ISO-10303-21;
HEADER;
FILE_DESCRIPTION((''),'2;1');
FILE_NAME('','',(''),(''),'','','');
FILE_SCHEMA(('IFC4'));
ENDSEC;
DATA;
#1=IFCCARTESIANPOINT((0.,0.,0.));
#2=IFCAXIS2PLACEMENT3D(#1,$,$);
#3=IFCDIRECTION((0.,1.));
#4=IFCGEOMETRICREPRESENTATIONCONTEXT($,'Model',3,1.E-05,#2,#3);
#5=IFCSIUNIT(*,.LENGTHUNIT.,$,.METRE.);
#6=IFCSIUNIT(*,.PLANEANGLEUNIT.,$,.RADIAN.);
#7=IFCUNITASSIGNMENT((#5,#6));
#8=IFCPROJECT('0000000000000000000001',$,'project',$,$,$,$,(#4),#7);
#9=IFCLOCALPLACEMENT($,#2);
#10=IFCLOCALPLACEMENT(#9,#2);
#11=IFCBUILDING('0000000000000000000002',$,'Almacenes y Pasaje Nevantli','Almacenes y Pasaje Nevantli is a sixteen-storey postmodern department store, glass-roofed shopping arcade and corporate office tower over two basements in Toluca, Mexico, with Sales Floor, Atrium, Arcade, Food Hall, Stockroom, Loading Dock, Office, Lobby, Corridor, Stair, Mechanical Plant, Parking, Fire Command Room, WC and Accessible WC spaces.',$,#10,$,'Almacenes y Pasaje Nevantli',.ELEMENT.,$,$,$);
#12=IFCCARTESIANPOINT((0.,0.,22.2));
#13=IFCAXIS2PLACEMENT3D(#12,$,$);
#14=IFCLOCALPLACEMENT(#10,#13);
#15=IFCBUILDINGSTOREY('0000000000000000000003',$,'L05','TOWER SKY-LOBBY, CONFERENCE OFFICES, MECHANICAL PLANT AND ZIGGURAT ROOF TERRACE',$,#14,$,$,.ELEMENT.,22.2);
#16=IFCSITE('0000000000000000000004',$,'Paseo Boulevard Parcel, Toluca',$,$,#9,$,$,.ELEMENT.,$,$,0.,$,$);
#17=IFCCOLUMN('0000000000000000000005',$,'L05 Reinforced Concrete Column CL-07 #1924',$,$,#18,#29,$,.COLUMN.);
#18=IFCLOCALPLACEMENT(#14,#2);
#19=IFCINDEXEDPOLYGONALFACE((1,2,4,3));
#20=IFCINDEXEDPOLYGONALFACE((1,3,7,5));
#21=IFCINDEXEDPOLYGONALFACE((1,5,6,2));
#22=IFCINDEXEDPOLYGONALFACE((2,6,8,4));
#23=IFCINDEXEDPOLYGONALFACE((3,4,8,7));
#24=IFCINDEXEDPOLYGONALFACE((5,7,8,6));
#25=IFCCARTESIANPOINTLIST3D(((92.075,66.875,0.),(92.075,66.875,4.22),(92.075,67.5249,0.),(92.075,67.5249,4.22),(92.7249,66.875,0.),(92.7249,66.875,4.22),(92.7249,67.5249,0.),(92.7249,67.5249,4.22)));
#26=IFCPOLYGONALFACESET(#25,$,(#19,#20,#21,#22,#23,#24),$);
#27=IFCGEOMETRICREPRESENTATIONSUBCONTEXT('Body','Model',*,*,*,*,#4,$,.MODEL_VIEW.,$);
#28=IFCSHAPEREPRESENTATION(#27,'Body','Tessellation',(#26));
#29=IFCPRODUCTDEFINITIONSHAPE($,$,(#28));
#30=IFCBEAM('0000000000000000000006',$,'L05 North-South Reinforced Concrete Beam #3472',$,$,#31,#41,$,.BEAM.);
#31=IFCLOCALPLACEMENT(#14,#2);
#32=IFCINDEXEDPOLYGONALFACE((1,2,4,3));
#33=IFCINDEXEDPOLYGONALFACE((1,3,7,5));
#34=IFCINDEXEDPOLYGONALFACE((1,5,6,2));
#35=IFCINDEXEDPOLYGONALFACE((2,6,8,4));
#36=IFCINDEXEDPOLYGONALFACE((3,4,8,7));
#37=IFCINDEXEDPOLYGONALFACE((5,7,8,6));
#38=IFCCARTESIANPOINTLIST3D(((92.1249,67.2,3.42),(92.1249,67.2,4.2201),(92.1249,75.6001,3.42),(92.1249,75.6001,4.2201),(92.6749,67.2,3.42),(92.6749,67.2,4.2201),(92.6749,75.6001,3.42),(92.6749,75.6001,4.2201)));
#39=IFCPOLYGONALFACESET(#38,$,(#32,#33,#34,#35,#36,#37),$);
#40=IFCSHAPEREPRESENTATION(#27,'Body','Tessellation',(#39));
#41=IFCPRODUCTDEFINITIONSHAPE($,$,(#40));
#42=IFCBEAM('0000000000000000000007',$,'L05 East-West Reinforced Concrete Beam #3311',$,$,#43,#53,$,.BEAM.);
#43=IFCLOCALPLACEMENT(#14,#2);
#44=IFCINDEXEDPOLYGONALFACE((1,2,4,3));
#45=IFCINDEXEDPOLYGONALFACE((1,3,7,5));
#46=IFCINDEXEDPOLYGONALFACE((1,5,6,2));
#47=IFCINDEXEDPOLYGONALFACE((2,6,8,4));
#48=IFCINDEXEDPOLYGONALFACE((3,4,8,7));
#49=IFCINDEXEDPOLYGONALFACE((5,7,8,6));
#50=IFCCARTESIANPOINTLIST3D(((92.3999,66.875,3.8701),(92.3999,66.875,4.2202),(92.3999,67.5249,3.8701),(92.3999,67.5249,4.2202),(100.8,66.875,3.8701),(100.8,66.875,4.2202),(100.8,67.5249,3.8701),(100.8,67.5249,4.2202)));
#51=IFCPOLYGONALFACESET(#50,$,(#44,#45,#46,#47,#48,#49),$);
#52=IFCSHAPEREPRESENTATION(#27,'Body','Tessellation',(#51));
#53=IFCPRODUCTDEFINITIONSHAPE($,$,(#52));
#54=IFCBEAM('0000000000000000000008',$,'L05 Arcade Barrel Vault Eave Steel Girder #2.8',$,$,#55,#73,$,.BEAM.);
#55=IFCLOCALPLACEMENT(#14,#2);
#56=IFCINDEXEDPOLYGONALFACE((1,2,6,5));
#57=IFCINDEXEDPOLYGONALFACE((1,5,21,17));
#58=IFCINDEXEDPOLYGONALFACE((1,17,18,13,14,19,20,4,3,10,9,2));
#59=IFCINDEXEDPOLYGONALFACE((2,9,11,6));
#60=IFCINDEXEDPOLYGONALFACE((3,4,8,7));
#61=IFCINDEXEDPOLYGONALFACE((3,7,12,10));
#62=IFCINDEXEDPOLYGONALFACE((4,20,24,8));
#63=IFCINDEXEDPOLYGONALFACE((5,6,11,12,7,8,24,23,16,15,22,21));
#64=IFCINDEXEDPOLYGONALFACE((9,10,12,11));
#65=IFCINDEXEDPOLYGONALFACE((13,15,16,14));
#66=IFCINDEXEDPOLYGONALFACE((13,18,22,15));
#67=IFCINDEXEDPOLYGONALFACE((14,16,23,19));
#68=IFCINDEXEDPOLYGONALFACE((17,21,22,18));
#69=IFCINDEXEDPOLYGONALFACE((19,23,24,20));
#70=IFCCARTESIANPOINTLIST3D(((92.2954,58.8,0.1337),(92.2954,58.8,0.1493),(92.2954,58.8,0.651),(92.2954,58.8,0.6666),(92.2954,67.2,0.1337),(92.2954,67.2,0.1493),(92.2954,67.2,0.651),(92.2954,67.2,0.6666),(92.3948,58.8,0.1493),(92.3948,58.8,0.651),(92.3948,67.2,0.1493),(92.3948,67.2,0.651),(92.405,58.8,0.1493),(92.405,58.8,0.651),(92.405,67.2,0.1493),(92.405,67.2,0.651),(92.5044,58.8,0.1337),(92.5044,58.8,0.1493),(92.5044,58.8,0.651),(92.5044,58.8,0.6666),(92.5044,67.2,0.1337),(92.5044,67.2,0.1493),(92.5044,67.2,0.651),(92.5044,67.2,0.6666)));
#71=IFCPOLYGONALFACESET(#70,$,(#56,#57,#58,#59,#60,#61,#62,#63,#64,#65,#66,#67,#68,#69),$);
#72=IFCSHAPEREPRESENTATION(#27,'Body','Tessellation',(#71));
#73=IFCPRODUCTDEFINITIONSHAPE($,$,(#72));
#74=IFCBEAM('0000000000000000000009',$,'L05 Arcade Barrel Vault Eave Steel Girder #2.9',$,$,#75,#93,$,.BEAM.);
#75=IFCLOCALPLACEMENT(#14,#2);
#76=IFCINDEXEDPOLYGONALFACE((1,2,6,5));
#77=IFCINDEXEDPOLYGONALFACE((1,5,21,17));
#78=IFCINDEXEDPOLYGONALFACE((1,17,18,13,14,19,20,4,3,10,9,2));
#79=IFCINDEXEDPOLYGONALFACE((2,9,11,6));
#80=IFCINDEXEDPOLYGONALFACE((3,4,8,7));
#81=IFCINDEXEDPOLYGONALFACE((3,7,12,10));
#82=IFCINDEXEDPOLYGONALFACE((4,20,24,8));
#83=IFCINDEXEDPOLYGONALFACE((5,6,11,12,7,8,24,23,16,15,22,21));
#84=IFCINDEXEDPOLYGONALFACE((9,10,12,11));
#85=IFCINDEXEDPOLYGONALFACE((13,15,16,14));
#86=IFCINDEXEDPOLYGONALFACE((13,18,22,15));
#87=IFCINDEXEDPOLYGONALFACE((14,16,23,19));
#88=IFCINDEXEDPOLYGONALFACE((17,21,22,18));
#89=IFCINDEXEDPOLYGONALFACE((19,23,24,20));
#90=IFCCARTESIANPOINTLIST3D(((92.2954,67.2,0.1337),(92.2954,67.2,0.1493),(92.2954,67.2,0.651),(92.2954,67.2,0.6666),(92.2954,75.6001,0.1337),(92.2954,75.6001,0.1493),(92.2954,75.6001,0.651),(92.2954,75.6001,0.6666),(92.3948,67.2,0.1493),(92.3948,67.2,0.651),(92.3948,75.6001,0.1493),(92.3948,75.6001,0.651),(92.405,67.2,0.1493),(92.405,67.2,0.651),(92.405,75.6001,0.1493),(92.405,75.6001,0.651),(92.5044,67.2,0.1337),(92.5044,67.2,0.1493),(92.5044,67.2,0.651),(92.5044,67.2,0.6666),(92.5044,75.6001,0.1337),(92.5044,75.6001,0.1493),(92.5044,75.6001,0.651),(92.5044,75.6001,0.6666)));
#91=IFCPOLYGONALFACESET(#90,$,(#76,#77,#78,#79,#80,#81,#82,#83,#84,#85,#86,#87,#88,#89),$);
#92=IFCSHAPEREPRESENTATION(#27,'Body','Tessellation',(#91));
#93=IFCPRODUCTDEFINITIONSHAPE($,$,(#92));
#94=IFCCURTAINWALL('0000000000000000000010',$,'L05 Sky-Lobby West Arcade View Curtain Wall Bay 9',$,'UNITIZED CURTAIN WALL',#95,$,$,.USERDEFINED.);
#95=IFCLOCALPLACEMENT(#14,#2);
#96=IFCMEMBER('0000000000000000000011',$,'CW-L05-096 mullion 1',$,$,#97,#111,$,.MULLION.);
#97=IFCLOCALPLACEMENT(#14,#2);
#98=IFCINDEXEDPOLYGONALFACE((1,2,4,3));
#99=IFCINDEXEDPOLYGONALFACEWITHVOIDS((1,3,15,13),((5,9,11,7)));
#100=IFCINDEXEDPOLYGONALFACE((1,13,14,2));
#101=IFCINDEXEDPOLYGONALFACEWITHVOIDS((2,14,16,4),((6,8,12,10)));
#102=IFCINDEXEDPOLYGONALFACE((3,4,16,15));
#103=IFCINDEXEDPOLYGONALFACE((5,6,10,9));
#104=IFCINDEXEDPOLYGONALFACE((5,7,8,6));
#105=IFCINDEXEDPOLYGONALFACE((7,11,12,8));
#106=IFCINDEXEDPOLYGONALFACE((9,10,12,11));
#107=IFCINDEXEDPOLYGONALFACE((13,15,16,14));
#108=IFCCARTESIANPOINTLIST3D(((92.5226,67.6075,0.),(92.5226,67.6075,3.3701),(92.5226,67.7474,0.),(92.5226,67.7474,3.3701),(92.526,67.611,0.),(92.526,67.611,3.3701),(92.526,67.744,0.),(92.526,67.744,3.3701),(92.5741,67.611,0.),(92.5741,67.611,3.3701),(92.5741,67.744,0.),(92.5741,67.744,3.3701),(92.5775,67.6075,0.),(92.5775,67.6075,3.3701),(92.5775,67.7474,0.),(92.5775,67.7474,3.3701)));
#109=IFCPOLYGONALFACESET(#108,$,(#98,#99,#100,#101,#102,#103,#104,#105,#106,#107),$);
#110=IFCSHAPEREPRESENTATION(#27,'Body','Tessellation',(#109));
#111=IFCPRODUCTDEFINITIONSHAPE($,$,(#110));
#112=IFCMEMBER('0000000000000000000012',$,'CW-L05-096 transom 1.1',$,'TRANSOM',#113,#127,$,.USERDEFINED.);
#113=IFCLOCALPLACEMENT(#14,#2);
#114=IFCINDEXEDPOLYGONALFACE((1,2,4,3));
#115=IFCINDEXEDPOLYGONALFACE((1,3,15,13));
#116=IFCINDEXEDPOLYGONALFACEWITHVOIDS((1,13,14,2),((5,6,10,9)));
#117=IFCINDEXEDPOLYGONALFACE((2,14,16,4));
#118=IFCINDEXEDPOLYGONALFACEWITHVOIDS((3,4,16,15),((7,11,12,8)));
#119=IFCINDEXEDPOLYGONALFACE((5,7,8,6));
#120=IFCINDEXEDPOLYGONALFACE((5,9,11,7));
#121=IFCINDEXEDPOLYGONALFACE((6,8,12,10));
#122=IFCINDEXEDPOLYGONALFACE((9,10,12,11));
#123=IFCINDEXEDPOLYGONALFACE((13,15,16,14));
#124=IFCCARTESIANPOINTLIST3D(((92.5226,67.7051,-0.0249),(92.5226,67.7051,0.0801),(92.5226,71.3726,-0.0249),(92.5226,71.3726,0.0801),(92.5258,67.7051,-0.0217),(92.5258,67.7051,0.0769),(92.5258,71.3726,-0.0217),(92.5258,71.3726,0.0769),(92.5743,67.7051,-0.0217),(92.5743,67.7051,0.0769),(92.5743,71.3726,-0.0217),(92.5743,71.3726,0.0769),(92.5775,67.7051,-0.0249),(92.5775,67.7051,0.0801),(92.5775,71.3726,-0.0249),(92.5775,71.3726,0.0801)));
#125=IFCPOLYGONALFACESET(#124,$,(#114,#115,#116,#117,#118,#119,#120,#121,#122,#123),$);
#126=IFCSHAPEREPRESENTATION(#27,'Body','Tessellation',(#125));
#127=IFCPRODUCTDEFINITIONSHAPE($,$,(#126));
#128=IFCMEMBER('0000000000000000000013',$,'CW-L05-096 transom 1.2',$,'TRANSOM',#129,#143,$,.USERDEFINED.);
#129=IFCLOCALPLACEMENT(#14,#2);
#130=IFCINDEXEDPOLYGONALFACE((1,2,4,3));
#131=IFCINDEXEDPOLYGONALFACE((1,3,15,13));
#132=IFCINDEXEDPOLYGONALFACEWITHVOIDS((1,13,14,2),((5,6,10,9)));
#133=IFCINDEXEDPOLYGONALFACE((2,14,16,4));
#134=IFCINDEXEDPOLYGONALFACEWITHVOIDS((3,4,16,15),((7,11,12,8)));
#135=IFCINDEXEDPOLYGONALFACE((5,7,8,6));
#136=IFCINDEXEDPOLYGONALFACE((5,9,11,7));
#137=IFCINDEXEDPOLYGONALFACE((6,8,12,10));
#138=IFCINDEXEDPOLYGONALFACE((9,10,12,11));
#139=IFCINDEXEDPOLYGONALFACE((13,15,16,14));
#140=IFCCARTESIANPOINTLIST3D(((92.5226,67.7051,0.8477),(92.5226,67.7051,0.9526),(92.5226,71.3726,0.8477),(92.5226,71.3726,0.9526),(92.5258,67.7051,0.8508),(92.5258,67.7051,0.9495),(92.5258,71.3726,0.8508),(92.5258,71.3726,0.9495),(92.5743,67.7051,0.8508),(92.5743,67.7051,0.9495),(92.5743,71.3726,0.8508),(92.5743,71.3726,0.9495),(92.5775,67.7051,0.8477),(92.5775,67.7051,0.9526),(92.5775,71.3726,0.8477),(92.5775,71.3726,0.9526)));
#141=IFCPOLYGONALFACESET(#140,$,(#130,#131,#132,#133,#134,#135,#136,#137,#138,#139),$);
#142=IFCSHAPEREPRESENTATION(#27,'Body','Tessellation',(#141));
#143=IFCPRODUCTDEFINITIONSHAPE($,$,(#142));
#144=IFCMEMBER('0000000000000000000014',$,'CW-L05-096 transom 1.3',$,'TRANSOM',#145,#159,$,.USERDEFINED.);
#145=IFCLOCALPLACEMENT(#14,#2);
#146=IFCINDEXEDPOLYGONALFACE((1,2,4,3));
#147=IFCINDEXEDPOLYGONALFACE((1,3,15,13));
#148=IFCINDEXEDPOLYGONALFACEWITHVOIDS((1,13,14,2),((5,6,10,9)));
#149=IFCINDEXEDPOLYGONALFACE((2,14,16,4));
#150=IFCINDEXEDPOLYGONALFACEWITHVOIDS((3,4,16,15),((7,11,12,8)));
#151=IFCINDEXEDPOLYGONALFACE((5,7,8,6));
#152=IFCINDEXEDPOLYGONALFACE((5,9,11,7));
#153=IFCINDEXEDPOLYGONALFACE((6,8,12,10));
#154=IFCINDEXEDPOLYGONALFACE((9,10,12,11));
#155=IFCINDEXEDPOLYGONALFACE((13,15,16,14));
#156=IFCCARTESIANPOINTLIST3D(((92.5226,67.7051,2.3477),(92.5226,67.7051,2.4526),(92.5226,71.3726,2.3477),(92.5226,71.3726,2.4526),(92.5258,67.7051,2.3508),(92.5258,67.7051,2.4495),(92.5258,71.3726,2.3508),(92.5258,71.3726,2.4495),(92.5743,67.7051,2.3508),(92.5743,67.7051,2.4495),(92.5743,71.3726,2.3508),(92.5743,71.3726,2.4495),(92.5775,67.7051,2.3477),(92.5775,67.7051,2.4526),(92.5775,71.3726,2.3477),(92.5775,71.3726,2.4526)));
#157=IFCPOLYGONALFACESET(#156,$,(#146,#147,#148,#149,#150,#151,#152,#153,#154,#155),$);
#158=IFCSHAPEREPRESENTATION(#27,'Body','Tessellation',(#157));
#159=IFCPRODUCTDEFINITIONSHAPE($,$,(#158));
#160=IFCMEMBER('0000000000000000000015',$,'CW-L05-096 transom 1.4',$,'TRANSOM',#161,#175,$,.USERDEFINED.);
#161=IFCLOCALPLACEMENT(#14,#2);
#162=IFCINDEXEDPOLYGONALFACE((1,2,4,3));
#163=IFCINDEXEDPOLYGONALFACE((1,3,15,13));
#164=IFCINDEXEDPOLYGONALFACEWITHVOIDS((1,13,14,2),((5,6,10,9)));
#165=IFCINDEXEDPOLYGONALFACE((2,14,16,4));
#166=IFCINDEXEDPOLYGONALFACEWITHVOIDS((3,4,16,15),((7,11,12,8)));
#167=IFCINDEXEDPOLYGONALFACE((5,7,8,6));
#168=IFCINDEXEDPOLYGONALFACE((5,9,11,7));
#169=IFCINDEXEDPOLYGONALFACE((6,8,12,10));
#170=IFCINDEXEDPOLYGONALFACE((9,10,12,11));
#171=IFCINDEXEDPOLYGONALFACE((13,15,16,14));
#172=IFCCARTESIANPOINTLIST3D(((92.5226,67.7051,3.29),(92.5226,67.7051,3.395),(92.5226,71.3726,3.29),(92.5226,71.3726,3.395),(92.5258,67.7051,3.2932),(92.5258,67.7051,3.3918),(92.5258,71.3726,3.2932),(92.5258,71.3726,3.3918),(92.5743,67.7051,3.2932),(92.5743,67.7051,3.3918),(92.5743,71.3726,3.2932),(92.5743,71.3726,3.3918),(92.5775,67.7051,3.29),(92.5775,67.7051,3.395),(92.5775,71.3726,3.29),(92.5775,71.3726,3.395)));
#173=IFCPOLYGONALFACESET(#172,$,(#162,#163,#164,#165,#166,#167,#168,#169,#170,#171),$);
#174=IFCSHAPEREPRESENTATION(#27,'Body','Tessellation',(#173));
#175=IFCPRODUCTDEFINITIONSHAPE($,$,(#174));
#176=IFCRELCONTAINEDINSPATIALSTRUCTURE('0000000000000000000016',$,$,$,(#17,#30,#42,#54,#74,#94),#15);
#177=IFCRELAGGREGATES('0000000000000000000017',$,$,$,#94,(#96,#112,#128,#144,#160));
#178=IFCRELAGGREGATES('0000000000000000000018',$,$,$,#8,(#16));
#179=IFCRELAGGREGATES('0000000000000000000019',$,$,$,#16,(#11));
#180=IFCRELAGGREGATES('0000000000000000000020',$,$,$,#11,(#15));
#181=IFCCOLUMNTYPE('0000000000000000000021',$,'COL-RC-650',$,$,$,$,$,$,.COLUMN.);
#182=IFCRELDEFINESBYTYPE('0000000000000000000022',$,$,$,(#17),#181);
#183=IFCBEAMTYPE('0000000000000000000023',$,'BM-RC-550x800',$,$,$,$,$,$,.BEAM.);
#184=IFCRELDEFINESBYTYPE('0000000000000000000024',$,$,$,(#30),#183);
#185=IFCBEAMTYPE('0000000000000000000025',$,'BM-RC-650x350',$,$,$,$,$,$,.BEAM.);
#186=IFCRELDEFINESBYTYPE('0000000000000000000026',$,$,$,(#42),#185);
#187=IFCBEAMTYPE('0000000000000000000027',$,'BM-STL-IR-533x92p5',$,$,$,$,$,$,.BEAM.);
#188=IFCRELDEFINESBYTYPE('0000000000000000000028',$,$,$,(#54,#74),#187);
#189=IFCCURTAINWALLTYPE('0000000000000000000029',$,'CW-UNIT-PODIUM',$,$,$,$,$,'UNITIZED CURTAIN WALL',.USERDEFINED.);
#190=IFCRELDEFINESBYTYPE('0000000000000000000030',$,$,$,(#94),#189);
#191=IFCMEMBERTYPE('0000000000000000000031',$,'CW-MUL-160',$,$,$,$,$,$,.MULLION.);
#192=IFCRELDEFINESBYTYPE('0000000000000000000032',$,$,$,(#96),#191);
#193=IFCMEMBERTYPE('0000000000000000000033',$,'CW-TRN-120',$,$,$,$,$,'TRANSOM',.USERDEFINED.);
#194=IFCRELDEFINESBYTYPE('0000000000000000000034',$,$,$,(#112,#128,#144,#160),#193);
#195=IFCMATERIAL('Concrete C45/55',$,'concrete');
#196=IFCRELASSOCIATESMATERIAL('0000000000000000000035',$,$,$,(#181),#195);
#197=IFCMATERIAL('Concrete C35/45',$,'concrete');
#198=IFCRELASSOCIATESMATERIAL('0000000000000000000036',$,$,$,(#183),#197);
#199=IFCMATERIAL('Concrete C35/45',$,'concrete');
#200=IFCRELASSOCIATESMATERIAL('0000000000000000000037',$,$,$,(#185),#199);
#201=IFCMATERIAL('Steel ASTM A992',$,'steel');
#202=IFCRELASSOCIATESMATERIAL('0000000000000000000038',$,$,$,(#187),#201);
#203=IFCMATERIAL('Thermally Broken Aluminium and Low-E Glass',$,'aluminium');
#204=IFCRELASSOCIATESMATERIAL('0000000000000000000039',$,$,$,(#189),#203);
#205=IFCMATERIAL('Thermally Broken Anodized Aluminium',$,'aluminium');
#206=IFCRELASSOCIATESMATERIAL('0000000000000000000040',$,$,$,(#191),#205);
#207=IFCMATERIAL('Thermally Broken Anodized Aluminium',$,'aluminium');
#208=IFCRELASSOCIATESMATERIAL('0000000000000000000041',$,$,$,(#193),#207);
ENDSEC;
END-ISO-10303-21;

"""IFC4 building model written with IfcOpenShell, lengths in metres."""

from ifc_helpers import new_model, si_unit, direction, frame, origin, origin_2d, place, context, subcontext, project, spatial, rectangle, hollow_rectangle, i_section, extrude, material, material_profile, profile_set, type_object, element, aggregate, save


model = new_model("IFC4")

# Units and contexts
model_context = context("Model", 3, precision=1e-05, world=origin(), true_north=direction((0.0, 1.0)))
body_context = subcontext(model_context, "Body", "Model", "MODEL_VIEW")
ifc_project = project(units=[si_unit("LENGTHUNIT", "METRE"), si_unit("PLANEANGLEUNIT", "RADIAN")], contexts=[model_context])

# Site, building, storey
site_placement = place(None, origin())
site = spatial("IfcSite", under=ifc_project, at=site_placement, Name="Paseo Boulevard Parcel, Toluca", CompositionType="ELEMENT", RefElevation=0.0)
building_placement = place(site_placement, origin())
building = spatial("IfcBuilding", under=site, at=building_placement, Name="Almacenes y Pasaje Nevantli", Description="Almacenes y Pasaje Nevantli is a sixteen-storey postmodern department store, glass-roofed shopping arcade and corporate office tower over two basements in Toluca, Mexico, with Sales Floor, Atrium, Arcade, Food Hall, Stockroom, Loading Dock, Office, Lobby, Corridor, Stair, Mechanical Plant, Parking, Fire Command Room, WC and Accessible WC spaces.", LongName="Almacenes y Pasaje Nevantli", CompositionType="ELEMENT")
storey_placement = place(building_placement, frame((0.0, 0.0, 22.2)))
storey = spatial("IfcBuildingStorey", under=building, at=storey_placement, Name="L05", Description="TOWER SKY-LOBBY, CONFERENCE OFFICES, MECHANICAL PLANT AND ZIGGURAT ROOF TERRACE", CompositionType="ELEMENT", Elevation=22.2)

# Column
ifc_material_1 = material(Name="Concrete C45/55", Category="concrete")
ifc_material_profile_1 = material_profile(ifc_material_1, rectangle(XDim=0.6499, YDim=0.6499, at=origin_2d()), Name="RC-COL-650x650")
ifc_profile_set_1 = profile_set([ifc_material_profile_1], Name="Concrete C45/55")
column_type = type_object("IfcColumnType", Name="COL-RC-650", PredefinedType="COLUMN", material=ifc_profile_set_1)
column_placement = place(storey_placement, frame((92.3999, 67.2, 0.0), z_axis=(0.0, 0.0, 1.0), x_axis=(1.0, 0.0, 0.0)))
element("IfcColumn", 1, at=column_placement, inside=storey, type_object=column_type, Name="L05 Reinforced Concrete Column CL-07 #1924", PredefinedType="COLUMN", context=body_context, shape_type="SweptSolid", body=[
    extrude(rectangle(XDim=0.6499, YDim=0.6499, at=origin_2d()), origin(), (0.0, 0.0, 1.0), 4.22),
])

# Beams
ifc_material_2 = material(Name="Concrete C35/45", Category="concrete")
ifc_material_profile_2 = material_profile(ifc_material_2, rectangle(XDim=0.55, YDim=0.8, at=origin_2d()), Name="RC-BM-550x800")
ifc_profile_set_2 = profile_set([ifc_material_profile_2], Name="Concrete C35/45")
beam_type_1 = type_object("IfcBeamType", Name="BM-RC-550x800", PredefinedType="BEAM", material=ifc_profile_set_2)
beam_1_placement = place(storey_placement, frame((92.3999, 67.2, 3.8201), z_axis=(0.0, 1.0, 0.0), x_axis=(-1.0, 0.0, 0.0)))
element("IfcBeam", 2, at=beam_1_placement, inside=storey, type_object=beam_type_1, Name="L05 North-South Reinforced Concrete Beam #3472", PredefinedType="BEAM", context=body_context, shape_type="SweptSolid", body=[
    extrude(rectangle(XDim=0.55, YDim=0.8, at=origin_2d()), origin(), (0.0, 0.0, 1.0), 8.4001),
])
ifc_material_3 = material(Name="Concrete C35/45", Category="concrete")
ifc_material_profile_3 = material_profile(ifc_material_3, rectangle(XDim=0.6499, YDim=0.3501, at=origin_2d()), Name="RC-BM-650x350")
ifc_profile_set_3 = profile_set([ifc_material_profile_3], Name="Concrete C35/45")
beam_type_2 = type_object("IfcBeamType", Name="BM-RC-650x350", PredefinedType="BEAM", material=ifc_profile_set_3)
beam_2_placement = place(storey_placement, frame((92.3999, 67.2, 4.0452), z_axis=(1.0, 0.0, 0.0), x_axis=(0.0, 1.0, 0.0)))
element("IfcBeam", 3, at=beam_2_placement, inside=storey, type_object=beam_type_2, Name="L05 East-West Reinforced Concrete Beam #3311", PredefinedType="BEAM", context=body_context, shape_type="SweptSolid", body=[
    extrude(rectangle(XDim=0.6499, YDim=0.3501, at=origin_2d()), origin(), (0.0, 0.0, 1.0), 8.4001),
])
ifc_material_4 = material(Name="Steel ASTM A992", Category="steel")
ifc_material_profile_4 = material_profile(ifc_material_4, i_section(OverallWidth=0.209, OverallDepth=0.533, WebThickness=0.0103, FlangeThickness=0.0156, at=origin_2d()), Name="IR 533x92.5")
ifc_profile_set_4 = profile_set([ifc_material_profile_4], Name="Steel ASTM A992")
beam_type_3 = type_object("IfcBeamType", Name="BM-STL-IR-533x92p5", PredefinedType="BEAM", material=ifc_profile_set_4)
beam_3_placement = place(storey_placement, frame((92.3999, 58.8, 0.4001), z_axis=(0.0, 1.0, 0.0), x_axis=(-1.0, 0.0, 0.0)))
element("IfcBeam", 4, at=beam_3_placement, inside=storey, type_object=beam_type_3, Name="L05 Arcade Barrel Vault Eave Steel Girder #2.8", PredefinedType="BEAM", context=body_context, shape_type="SweptSolid", body=[
    extrude(i_section(OverallWidth=0.209, OverallDepth=0.533, WebThickness=0.0103, FlangeThickness=0.0156, at=origin_2d()), origin(), (0.0, 0.0, 1.0), 8.3999),
])
beam_4_placement = place(storey_placement, frame((92.3999, 67.2, 0.4001), z_axis=(0.0, 1.0, 0.0), x_axis=(-1.0, 0.0, 0.0)))
element("IfcBeam", 5, at=beam_4_placement, inside=storey, type_object=beam_type_3, Name="L05 Arcade Barrel Vault Eave Steel Girder #2.9", PredefinedType="BEAM", context=body_context, shape_type="SweptSolid", body=[
    extrude(i_section(OverallWidth=0.209, OverallDepth=0.533, WebThickness=0.0103, FlangeThickness=0.0156, at=origin_2d()), origin(), (0.0, 0.0, 1.0), 8.4001),
])

# Curtain wall, members
ifc_material_5 = material(Name="Thermally Broken Aluminium and Low-E Glass", Category="aluminium")
curtain_wall_type = type_object("IfcCurtainWallType", Name="CW-UNIT-PODIUM", ElementType="UNITIZED CURTAIN WALL", PredefinedType="USERDEFINED", material=ifc_material_5)
curtain_wall_placement = place(storey_placement, origin())
curtain_wall = element("IfcCurtainWall", 6, at=curtain_wall_placement, inside=storey, type_object=curtain_wall_type, Name="L05 Sky-Lobby West Arcade View Curtain Wall Bay 9", ObjectType="UNITIZED CURTAIN WALL", PredefinedType="USERDEFINED")
ifc_material_6 = material(Name="Thermally Broken Anodized Aluminium", Category="aluminium")
ifc_material_profile_5 = material_profile(ifc_material_6, hollow_rectangle(XDim=0.0549, YDim=0.1399, WallThickness=0.0034, at=origin_2d()), Name="ALU-MUL-55x140")
ifc_profile_set_5 = profile_set([ifc_material_profile_5], Name="Thermally Broken Anodized Aluminium")
member_type_1 = type_object("IfcMemberType", Name="CW-MUL-160", PredefinedType="MULLION", material=ifc_profile_set_5)
member_1_placement = place(storey_placement, frame((92.55, 67.6775, 0.0), z_axis=(0.0, 0.0, 1.0), x_axis=(-1.0, 0.0, 0.0)))
member_1 = element("IfcMember", 7, at=member_1_placement, type_object=member_type_1, Name="CW-L05-096 mullion 1", PredefinedType="MULLION", context=body_context, shape_type="SweptSolid", body=[
    extrude(hollow_rectangle(XDim=0.0549, YDim=0.1399, WallThickness=0.0034, at=origin_2d()), origin(), (0.0, 0.0, 1.0), 3.3701),
])
ifc_material_7 = material(Name="Thermally Broken Anodized Aluminium", Category="aluminium")
ifc_material_profile_6 = material_profile(ifc_material_7, hollow_rectangle(XDim=0.0549, YDim=0.105, WallThickness=0.0032, at=origin_2d()), Name="ALU-TRN-55x105")
ifc_profile_set_6 = profile_set([ifc_material_profile_6], Name="Thermally Broken Anodized Aluminium")
member_type_2 = type_object("IfcMemberType", Name="CW-TRN-120", ElementType="TRANSOM", PredefinedType="USERDEFINED", material=ifc_profile_set_6)
member_2_placement = place(storey_placement, frame((92.55, 67.7051, 0.0276), z_axis=(0.0, 1.0, 0.0), x_axis=(-1.0, 0.0, 0.0)))
member_2 = element("IfcMember", 8, at=member_2_placement, type_object=member_type_2, Name="CW-L05-096 transom 1.1", ObjectType="TRANSOM", PredefinedType="USERDEFINED", context=body_context, shape_type="SweptSolid", body=[
    extrude(hollow_rectangle(XDim=0.0549, YDim=0.105, WallThickness=0.0032, at=origin_2d()), origin(), (0.0, 0.0, 1.0), 3.6675),
])
member_3_placement = place(storey_placement, frame((92.55, 67.7051, 0.9001), z_axis=(0.0, 1.0, 0.0), x_axis=(-1.0, 0.0, 0.0)))
member_3 = element("IfcMember", 9, at=member_3_placement, type_object=member_type_2, Name="CW-L05-096 transom 1.2", ObjectType="TRANSOM", PredefinedType="USERDEFINED", context=body_context, shape_type="SweptSolid", body=[
    extrude(hollow_rectangle(XDim=0.0549, YDim=0.105, WallThickness=0.0032, at=origin_2d()), origin(), (0.0, 0.0, 1.0), 3.6675),
])
member_4_placement = place(storey_placement, frame((92.55, 67.7051, 2.4001), z_axis=(0.0, 1.0, 0.0), x_axis=(-1.0, 0.0, 0.0)))
member_4 = element("IfcMember", 10, at=member_4_placement, type_object=member_type_2, Name="CW-L05-096 transom 1.3", ObjectType="TRANSOM", PredefinedType="USERDEFINED", context=body_context, shape_type="SweptSolid", body=[
    extrude(hollow_rectangle(XDim=0.0549, YDim=0.105, WallThickness=0.0032, at=origin_2d()), origin(), (0.0, 0.0, 1.0), 3.6675),
])
member_5_placement = place(storey_placement, frame((92.55, 67.7051, 3.3425), z_axis=(0.0, 1.0, 0.0), x_axis=(-1.0, 0.0, 0.0)))
member_5 = element("IfcMember", 11, at=member_5_placement, type_object=member_type_2, Name="CW-L05-096 transom 1.4", ObjectType="TRANSOM", PredefinedType="USERDEFINED", context=body_context, shape_type="SweptSolid", body=[
    extrude(hollow_rectangle(XDim=0.0549, YDim=0.105, WallThickness=0.0032, at=origin_2d()), origin(), (0.0, 0.0, 1.0), 3.6675),
])

aggregate(curtain_wall, [member_1, member_2, member_3, member_4, member_5])

save(model, "model.ifc")
